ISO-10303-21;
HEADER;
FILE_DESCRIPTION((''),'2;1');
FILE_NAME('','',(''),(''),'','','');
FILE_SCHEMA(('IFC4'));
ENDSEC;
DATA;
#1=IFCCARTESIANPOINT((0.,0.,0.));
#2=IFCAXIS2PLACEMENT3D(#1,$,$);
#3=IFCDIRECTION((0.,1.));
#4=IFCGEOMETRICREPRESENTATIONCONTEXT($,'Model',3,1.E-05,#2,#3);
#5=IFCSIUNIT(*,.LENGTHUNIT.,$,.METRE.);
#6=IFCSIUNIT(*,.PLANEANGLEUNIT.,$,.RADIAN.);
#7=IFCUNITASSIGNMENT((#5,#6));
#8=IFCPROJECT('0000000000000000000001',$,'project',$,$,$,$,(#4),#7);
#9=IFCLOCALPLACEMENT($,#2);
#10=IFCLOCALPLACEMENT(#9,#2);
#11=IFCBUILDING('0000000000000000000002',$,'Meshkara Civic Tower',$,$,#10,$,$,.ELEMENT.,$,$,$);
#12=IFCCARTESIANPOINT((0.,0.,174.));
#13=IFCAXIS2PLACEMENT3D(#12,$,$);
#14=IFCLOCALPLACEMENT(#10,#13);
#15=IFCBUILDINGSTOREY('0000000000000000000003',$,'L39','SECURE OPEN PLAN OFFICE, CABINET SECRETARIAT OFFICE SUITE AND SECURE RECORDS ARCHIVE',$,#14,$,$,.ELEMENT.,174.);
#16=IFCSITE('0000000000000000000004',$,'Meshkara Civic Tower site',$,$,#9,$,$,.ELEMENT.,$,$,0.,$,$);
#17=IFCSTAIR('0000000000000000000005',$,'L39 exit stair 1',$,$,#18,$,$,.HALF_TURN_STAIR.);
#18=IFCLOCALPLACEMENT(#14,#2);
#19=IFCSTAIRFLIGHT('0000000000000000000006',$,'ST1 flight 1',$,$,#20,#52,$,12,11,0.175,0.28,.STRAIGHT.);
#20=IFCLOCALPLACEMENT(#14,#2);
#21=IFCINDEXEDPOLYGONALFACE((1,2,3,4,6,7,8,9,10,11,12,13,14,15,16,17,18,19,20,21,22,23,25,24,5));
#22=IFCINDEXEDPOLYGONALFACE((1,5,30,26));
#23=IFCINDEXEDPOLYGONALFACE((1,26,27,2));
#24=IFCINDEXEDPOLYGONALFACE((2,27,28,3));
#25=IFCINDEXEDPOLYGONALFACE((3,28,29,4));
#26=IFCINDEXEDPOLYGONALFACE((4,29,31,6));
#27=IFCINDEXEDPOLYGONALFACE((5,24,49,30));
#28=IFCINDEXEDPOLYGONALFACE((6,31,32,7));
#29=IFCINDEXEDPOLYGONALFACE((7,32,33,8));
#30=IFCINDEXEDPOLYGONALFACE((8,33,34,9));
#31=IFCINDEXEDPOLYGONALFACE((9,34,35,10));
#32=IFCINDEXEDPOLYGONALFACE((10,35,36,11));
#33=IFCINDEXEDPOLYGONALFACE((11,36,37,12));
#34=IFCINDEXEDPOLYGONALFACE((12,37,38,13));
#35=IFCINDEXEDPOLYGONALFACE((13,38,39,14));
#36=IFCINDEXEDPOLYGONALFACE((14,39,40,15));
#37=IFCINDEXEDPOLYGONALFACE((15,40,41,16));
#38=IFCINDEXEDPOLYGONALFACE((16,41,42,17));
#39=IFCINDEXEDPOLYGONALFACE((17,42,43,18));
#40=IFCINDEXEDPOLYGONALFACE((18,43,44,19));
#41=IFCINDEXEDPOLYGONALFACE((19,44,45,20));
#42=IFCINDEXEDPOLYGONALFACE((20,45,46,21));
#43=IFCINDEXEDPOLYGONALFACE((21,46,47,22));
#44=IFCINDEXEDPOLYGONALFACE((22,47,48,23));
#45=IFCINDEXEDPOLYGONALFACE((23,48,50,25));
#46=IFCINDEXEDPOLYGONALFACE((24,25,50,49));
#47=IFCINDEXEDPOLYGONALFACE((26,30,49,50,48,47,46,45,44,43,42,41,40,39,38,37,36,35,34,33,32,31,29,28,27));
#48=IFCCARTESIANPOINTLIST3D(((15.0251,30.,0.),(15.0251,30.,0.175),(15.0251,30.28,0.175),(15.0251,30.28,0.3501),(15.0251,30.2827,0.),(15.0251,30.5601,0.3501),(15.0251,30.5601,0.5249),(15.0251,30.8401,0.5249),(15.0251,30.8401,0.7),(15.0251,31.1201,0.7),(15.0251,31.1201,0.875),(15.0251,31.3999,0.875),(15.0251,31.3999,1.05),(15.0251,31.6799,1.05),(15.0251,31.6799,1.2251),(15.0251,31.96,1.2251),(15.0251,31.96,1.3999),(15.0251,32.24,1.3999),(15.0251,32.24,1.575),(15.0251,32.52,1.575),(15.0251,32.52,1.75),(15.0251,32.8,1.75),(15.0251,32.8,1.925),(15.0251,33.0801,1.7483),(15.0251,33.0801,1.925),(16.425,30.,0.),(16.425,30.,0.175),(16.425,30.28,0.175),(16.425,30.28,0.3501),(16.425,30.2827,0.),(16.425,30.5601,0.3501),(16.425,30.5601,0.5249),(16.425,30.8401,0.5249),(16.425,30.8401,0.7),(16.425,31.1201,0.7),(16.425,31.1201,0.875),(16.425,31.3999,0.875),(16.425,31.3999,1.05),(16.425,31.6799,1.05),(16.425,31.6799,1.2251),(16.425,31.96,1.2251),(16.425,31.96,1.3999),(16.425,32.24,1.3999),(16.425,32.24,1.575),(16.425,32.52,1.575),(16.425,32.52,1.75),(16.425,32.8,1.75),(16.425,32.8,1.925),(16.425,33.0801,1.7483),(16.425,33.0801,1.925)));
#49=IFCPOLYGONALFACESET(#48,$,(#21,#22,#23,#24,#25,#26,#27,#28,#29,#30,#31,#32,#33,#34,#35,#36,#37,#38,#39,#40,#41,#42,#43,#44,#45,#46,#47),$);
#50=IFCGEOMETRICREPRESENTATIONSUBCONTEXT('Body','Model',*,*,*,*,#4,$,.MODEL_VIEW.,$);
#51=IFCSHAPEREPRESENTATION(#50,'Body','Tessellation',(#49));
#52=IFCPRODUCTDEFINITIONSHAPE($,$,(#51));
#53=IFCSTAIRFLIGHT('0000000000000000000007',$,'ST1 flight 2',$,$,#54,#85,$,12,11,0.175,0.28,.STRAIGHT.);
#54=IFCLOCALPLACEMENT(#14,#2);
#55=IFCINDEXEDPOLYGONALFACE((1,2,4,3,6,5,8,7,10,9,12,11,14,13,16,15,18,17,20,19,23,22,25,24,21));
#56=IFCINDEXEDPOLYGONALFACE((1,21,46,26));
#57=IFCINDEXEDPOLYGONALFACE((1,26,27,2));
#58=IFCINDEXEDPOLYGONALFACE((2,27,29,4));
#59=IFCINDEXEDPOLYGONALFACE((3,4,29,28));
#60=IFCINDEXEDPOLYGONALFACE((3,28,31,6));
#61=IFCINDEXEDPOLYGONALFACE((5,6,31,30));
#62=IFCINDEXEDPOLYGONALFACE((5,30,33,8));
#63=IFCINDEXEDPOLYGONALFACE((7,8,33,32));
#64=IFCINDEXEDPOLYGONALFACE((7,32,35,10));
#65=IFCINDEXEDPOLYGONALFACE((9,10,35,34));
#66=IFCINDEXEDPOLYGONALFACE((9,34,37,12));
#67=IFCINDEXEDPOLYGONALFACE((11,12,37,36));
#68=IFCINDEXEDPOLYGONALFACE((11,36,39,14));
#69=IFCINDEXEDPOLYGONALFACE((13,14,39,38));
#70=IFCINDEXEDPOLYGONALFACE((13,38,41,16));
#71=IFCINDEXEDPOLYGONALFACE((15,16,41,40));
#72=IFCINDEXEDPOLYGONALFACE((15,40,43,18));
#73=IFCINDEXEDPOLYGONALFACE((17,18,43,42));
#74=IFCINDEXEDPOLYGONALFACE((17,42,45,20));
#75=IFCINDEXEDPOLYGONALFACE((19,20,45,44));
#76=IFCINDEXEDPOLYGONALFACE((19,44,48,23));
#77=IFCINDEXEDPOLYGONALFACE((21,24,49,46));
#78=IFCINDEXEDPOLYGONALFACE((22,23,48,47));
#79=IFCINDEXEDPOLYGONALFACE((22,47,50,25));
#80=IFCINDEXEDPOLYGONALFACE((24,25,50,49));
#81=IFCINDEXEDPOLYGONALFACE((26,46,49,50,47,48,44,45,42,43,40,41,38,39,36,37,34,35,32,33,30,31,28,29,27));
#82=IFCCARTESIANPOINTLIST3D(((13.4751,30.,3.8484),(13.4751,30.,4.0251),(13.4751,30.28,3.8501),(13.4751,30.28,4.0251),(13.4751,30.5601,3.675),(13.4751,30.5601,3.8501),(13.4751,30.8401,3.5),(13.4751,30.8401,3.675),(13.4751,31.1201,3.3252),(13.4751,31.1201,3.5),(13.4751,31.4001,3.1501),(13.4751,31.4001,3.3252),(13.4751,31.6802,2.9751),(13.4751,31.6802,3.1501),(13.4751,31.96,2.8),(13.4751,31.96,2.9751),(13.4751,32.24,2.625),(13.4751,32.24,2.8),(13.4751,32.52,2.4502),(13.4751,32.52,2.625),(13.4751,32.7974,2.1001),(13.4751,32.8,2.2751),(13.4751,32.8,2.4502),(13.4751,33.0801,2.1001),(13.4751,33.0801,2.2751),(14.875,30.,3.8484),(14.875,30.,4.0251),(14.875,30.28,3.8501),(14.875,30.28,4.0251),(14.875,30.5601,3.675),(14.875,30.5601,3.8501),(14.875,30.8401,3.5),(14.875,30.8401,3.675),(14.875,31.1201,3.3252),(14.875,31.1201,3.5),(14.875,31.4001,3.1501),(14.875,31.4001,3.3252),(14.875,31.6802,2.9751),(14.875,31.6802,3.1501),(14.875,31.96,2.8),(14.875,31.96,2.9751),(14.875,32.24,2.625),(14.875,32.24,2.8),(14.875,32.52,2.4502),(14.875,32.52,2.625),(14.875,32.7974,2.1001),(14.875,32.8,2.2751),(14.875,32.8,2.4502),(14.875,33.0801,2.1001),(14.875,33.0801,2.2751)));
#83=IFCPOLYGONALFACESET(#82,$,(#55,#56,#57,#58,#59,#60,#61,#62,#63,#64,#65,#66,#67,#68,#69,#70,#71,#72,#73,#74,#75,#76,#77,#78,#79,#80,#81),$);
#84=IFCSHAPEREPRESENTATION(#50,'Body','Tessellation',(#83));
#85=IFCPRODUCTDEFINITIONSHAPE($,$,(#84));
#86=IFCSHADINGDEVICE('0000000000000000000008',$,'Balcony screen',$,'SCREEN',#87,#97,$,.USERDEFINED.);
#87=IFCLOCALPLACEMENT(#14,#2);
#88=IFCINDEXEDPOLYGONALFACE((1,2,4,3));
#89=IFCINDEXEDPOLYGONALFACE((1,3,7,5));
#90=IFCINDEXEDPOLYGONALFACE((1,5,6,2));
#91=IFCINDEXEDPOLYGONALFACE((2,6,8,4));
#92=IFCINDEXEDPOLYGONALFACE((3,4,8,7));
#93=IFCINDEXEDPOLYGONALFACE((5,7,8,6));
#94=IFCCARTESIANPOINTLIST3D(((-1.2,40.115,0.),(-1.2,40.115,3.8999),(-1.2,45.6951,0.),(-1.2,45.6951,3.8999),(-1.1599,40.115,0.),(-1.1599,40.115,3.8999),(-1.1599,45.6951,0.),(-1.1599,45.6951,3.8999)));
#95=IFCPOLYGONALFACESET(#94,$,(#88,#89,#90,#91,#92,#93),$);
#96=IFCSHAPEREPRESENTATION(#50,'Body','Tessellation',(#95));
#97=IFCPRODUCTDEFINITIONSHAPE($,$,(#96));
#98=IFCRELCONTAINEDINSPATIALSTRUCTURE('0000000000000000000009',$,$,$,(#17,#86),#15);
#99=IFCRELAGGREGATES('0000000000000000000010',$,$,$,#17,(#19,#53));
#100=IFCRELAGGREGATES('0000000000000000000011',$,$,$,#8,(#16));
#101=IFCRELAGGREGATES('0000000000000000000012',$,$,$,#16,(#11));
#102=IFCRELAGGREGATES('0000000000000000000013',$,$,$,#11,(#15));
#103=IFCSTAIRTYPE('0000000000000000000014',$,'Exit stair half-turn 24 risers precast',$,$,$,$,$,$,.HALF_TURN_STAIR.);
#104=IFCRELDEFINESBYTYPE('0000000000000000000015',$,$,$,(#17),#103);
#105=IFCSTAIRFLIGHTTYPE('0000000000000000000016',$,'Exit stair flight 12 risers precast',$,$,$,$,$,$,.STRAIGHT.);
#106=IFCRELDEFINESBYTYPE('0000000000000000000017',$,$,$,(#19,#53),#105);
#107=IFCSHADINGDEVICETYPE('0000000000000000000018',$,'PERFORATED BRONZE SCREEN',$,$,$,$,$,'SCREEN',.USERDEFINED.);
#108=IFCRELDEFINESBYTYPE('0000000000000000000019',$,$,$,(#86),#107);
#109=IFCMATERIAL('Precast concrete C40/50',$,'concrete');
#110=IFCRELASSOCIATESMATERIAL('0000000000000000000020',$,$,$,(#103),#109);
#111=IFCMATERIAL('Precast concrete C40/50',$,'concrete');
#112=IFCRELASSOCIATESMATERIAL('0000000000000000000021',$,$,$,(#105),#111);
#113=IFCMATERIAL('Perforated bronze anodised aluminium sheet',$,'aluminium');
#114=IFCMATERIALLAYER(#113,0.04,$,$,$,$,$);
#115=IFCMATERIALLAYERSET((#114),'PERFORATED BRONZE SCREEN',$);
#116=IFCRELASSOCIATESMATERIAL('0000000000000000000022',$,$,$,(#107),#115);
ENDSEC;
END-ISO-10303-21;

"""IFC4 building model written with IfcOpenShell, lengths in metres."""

from ifc_helpers import new_model, si_unit, direction, frame, origin, origin_2d, place, context, subcontext, project, spatial, polyline, rectangle, outline, extrude, material, layer, layer_set, type_object, element, aggregate, save


model = new_model("IFC4")

# Units and contexts
model_context = context("Model", 3, precision=1e-05, world=origin(), true_north=direction((0.0, 1.0)))
body_context = subcontext(model_context, "Body", "Model", "MODEL_VIEW")
ifc_project = project(units=[si_unit("LENGTHUNIT", "METRE"), si_unit("PLANEANGLEUNIT", "RADIAN")], contexts=[model_context])

# Site, building, storey
site_placement = place(None, origin())
site = spatial("IfcSite", under=ifc_project, at=site_placement, Name="Meshkara Civic Tower site", CompositionType="ELEMENT", RefElevation=0.0)
building_placement = place(site_placement, origin())
building = spatial("IfcBuilding", under=site, at=building_placement, Name="Meshkara Civic Tower", CompositionType="ELEMENT")
storey_placement = place(building_placement, frame((0.0, 0.0, 174.0)))
storey = spatial("IfcBuildingStorey", under=building, at=storey_placement, Name="L39", Description="SECURE OPEN PLAN OFFICE, CABINET SECRETARIAT OFFICE SUITE AND SECURE RECORDS ARCHIVE", CompositionType="ELEMENT", Elevation=174.0)

# Stair, stair flights
ifc_material_1 = material(Name="Precast concrete C40/50", Category="concrete")
stair_type = type_object("IfcStairType", Name="Exit stair half-turn 24 risers precast", PredefinedType="HALF_TURN_STAIR", material=ifc_material_1)
stair_placement = place(storey_placement, origin())
stair = element("IfcStair", 1, at=stair_placement, inside=storey, type_object=stair_type, Name="L39 exit stair 1", PredefinedType="HALF_TURN_STAIR")
ifc_material_2 = material(Name="Precast concrete C40/50", Category="concrete")
stair_flight_type = type_object("IfcStairFlightType", Name="Exit stair flight 12 risers precast", PredefinedType="STRAIGHT", material=ifc_material_2)
stair_flight_1_placement = place(storey_placement, frame((15.7251, 30.0, 0.0), z_axis=(0.0, 0.0, 1.0), x_axis=(0.0, 1.0, 0.0)))
stair_flight_1 = element("IfcStairFlight", 2, at=stair_flight_1_placement, type_object=stair_flight_type, Name="ST1 flight 1", NumberOfRisers=12, NumberOfTreads=11, PredefinedType="STRAIGHT", RiserHeight=0.175, TreadLength=0.28, context=body_context, shape_type="SweptSolid", body=[
    extrude(outline(polyline([(0.0, 0.0), (0.0, 0.175), (0.28, 0.175), (0.28, 0.3501), (0.5601, 0.3501), (0.5601, 0.5249), (0.8401, 0.5249), (0.8401, 0.7), (1.1201, 0.7), (1.1201, 0.875), (1.3999, 0.875), (1.3999, 1.05), (1.6799, 1.05), (1.6799, 1.2251), (1.96, 1.2251), (1.96, 1.3999), (2.24, 1.3999), (2.24, 1.575), (2.52, 1.575), (2.52, 1.75), (2.8, 1.75), (2.8, 1.925), (3.0801, 1.925), (3.0801, 2.1001), (3.0801, 1.7483), (0.2827, 0.0), (0.0, 0.0)])), frame((0.0, 0.7, 0.0), z_axis=(0.0, -1.0, 0.0), x_axis=(1.0, 0.0, 0.0)), (0.0, 0.0, 1.0), 1.3999),
])
stair_flight_2_placement = place(storey_placement, frame((14.175, 33.0801, 2.1001), z_axis=(0.0, 0.0, 1.0), x_axis=(0.0, -1.0, 0.0)))
stair_flight_2 = element("IfcStairFlight", 3, at=stair_flight_2_placement, type_object=stair_flight_type, Name="ST1 flight 2", NumberOfRisers=12, NumberOfTreads=11, PredefinedType="STRAIGHT", RiserHeight=0.175, TreadLength=0.28, context=body_context, shape_type="SweptSolid", body=[
    extrude(outline(polyline([(0.0, 0.0), (0.0, 0.175), (0.28, 0.175), (0.28, 0.3501), (0.5601, 0.3501), (0.5601, 0.5249), (0.8401, 0.5249), (0.8401, 0.7), (1.1201, 0.7), (1.1201, 0.875), (1.3999, 0.875), (1.3999, 1.05), (1.6799, 1.05), (1.6799, 1.2251), (1.96, 1.2251), (1.96, 1.3999), (2.24, 1.3999), (2.24, 1.575), (2.52, 1.575), (2.52, 1.75), (2.8, 1.75), (2.8, 1.925), (3.0801, 1.925), (3.0801, 2.1001), (3.0801, 1.7483), (0.2827, 0.0), (0.0, 0.0)])), frame((0.0, 0.7, 0.0), z_axis=(0.0, -1.0, 0.0), x_axis=(1.0, 0.0, 0.0)), (0.0, 0.0, 1.0), 1.3999),
])
aggregate(stair, [stair_flight_1, stair_flight_2])

# Shading device
ifc_material_3 = material(Name="Perforated bronze anodised aluminium sheet", Category="aluminium")
ifc_layer_1 = layer(ifc_material_3, 0.04)
ifc_layer_set_1 = layer_set([ifc_layer_1], Name="PERFORATED BRONZE SCREEN")
shading_device_type = type_object("IfcShadingDeviceType", Name="PERFORATED BRONZE SCREEN", ElementType="SCREEN", PredefinedType="USERDEFINED", material=ifc_layer_set_1)
shading_device_placement = place(storey_placement, frame((-1.1799, 42.905, 0.0), z_axis=(0.0, 0.0, 1.0), x_axis=(0.0, -1.0, 0.0)))
element("IfcShadingDevice", 4, at=shading_device_placement, inside=storey, type_object=shading_device_type, Name="Balcony screen", ObjectType="SCREEN", PredefinedType="USERDEFINED", context=body_context, shape_type="SweptSolid", body=[
    extrude(rectangle(XDim=5.5801, YDim=0.04, at=origin_2d()), origin(), (0.0, 0.0, 1.0), 3.8999),
])

save(model, "model.ifc")
